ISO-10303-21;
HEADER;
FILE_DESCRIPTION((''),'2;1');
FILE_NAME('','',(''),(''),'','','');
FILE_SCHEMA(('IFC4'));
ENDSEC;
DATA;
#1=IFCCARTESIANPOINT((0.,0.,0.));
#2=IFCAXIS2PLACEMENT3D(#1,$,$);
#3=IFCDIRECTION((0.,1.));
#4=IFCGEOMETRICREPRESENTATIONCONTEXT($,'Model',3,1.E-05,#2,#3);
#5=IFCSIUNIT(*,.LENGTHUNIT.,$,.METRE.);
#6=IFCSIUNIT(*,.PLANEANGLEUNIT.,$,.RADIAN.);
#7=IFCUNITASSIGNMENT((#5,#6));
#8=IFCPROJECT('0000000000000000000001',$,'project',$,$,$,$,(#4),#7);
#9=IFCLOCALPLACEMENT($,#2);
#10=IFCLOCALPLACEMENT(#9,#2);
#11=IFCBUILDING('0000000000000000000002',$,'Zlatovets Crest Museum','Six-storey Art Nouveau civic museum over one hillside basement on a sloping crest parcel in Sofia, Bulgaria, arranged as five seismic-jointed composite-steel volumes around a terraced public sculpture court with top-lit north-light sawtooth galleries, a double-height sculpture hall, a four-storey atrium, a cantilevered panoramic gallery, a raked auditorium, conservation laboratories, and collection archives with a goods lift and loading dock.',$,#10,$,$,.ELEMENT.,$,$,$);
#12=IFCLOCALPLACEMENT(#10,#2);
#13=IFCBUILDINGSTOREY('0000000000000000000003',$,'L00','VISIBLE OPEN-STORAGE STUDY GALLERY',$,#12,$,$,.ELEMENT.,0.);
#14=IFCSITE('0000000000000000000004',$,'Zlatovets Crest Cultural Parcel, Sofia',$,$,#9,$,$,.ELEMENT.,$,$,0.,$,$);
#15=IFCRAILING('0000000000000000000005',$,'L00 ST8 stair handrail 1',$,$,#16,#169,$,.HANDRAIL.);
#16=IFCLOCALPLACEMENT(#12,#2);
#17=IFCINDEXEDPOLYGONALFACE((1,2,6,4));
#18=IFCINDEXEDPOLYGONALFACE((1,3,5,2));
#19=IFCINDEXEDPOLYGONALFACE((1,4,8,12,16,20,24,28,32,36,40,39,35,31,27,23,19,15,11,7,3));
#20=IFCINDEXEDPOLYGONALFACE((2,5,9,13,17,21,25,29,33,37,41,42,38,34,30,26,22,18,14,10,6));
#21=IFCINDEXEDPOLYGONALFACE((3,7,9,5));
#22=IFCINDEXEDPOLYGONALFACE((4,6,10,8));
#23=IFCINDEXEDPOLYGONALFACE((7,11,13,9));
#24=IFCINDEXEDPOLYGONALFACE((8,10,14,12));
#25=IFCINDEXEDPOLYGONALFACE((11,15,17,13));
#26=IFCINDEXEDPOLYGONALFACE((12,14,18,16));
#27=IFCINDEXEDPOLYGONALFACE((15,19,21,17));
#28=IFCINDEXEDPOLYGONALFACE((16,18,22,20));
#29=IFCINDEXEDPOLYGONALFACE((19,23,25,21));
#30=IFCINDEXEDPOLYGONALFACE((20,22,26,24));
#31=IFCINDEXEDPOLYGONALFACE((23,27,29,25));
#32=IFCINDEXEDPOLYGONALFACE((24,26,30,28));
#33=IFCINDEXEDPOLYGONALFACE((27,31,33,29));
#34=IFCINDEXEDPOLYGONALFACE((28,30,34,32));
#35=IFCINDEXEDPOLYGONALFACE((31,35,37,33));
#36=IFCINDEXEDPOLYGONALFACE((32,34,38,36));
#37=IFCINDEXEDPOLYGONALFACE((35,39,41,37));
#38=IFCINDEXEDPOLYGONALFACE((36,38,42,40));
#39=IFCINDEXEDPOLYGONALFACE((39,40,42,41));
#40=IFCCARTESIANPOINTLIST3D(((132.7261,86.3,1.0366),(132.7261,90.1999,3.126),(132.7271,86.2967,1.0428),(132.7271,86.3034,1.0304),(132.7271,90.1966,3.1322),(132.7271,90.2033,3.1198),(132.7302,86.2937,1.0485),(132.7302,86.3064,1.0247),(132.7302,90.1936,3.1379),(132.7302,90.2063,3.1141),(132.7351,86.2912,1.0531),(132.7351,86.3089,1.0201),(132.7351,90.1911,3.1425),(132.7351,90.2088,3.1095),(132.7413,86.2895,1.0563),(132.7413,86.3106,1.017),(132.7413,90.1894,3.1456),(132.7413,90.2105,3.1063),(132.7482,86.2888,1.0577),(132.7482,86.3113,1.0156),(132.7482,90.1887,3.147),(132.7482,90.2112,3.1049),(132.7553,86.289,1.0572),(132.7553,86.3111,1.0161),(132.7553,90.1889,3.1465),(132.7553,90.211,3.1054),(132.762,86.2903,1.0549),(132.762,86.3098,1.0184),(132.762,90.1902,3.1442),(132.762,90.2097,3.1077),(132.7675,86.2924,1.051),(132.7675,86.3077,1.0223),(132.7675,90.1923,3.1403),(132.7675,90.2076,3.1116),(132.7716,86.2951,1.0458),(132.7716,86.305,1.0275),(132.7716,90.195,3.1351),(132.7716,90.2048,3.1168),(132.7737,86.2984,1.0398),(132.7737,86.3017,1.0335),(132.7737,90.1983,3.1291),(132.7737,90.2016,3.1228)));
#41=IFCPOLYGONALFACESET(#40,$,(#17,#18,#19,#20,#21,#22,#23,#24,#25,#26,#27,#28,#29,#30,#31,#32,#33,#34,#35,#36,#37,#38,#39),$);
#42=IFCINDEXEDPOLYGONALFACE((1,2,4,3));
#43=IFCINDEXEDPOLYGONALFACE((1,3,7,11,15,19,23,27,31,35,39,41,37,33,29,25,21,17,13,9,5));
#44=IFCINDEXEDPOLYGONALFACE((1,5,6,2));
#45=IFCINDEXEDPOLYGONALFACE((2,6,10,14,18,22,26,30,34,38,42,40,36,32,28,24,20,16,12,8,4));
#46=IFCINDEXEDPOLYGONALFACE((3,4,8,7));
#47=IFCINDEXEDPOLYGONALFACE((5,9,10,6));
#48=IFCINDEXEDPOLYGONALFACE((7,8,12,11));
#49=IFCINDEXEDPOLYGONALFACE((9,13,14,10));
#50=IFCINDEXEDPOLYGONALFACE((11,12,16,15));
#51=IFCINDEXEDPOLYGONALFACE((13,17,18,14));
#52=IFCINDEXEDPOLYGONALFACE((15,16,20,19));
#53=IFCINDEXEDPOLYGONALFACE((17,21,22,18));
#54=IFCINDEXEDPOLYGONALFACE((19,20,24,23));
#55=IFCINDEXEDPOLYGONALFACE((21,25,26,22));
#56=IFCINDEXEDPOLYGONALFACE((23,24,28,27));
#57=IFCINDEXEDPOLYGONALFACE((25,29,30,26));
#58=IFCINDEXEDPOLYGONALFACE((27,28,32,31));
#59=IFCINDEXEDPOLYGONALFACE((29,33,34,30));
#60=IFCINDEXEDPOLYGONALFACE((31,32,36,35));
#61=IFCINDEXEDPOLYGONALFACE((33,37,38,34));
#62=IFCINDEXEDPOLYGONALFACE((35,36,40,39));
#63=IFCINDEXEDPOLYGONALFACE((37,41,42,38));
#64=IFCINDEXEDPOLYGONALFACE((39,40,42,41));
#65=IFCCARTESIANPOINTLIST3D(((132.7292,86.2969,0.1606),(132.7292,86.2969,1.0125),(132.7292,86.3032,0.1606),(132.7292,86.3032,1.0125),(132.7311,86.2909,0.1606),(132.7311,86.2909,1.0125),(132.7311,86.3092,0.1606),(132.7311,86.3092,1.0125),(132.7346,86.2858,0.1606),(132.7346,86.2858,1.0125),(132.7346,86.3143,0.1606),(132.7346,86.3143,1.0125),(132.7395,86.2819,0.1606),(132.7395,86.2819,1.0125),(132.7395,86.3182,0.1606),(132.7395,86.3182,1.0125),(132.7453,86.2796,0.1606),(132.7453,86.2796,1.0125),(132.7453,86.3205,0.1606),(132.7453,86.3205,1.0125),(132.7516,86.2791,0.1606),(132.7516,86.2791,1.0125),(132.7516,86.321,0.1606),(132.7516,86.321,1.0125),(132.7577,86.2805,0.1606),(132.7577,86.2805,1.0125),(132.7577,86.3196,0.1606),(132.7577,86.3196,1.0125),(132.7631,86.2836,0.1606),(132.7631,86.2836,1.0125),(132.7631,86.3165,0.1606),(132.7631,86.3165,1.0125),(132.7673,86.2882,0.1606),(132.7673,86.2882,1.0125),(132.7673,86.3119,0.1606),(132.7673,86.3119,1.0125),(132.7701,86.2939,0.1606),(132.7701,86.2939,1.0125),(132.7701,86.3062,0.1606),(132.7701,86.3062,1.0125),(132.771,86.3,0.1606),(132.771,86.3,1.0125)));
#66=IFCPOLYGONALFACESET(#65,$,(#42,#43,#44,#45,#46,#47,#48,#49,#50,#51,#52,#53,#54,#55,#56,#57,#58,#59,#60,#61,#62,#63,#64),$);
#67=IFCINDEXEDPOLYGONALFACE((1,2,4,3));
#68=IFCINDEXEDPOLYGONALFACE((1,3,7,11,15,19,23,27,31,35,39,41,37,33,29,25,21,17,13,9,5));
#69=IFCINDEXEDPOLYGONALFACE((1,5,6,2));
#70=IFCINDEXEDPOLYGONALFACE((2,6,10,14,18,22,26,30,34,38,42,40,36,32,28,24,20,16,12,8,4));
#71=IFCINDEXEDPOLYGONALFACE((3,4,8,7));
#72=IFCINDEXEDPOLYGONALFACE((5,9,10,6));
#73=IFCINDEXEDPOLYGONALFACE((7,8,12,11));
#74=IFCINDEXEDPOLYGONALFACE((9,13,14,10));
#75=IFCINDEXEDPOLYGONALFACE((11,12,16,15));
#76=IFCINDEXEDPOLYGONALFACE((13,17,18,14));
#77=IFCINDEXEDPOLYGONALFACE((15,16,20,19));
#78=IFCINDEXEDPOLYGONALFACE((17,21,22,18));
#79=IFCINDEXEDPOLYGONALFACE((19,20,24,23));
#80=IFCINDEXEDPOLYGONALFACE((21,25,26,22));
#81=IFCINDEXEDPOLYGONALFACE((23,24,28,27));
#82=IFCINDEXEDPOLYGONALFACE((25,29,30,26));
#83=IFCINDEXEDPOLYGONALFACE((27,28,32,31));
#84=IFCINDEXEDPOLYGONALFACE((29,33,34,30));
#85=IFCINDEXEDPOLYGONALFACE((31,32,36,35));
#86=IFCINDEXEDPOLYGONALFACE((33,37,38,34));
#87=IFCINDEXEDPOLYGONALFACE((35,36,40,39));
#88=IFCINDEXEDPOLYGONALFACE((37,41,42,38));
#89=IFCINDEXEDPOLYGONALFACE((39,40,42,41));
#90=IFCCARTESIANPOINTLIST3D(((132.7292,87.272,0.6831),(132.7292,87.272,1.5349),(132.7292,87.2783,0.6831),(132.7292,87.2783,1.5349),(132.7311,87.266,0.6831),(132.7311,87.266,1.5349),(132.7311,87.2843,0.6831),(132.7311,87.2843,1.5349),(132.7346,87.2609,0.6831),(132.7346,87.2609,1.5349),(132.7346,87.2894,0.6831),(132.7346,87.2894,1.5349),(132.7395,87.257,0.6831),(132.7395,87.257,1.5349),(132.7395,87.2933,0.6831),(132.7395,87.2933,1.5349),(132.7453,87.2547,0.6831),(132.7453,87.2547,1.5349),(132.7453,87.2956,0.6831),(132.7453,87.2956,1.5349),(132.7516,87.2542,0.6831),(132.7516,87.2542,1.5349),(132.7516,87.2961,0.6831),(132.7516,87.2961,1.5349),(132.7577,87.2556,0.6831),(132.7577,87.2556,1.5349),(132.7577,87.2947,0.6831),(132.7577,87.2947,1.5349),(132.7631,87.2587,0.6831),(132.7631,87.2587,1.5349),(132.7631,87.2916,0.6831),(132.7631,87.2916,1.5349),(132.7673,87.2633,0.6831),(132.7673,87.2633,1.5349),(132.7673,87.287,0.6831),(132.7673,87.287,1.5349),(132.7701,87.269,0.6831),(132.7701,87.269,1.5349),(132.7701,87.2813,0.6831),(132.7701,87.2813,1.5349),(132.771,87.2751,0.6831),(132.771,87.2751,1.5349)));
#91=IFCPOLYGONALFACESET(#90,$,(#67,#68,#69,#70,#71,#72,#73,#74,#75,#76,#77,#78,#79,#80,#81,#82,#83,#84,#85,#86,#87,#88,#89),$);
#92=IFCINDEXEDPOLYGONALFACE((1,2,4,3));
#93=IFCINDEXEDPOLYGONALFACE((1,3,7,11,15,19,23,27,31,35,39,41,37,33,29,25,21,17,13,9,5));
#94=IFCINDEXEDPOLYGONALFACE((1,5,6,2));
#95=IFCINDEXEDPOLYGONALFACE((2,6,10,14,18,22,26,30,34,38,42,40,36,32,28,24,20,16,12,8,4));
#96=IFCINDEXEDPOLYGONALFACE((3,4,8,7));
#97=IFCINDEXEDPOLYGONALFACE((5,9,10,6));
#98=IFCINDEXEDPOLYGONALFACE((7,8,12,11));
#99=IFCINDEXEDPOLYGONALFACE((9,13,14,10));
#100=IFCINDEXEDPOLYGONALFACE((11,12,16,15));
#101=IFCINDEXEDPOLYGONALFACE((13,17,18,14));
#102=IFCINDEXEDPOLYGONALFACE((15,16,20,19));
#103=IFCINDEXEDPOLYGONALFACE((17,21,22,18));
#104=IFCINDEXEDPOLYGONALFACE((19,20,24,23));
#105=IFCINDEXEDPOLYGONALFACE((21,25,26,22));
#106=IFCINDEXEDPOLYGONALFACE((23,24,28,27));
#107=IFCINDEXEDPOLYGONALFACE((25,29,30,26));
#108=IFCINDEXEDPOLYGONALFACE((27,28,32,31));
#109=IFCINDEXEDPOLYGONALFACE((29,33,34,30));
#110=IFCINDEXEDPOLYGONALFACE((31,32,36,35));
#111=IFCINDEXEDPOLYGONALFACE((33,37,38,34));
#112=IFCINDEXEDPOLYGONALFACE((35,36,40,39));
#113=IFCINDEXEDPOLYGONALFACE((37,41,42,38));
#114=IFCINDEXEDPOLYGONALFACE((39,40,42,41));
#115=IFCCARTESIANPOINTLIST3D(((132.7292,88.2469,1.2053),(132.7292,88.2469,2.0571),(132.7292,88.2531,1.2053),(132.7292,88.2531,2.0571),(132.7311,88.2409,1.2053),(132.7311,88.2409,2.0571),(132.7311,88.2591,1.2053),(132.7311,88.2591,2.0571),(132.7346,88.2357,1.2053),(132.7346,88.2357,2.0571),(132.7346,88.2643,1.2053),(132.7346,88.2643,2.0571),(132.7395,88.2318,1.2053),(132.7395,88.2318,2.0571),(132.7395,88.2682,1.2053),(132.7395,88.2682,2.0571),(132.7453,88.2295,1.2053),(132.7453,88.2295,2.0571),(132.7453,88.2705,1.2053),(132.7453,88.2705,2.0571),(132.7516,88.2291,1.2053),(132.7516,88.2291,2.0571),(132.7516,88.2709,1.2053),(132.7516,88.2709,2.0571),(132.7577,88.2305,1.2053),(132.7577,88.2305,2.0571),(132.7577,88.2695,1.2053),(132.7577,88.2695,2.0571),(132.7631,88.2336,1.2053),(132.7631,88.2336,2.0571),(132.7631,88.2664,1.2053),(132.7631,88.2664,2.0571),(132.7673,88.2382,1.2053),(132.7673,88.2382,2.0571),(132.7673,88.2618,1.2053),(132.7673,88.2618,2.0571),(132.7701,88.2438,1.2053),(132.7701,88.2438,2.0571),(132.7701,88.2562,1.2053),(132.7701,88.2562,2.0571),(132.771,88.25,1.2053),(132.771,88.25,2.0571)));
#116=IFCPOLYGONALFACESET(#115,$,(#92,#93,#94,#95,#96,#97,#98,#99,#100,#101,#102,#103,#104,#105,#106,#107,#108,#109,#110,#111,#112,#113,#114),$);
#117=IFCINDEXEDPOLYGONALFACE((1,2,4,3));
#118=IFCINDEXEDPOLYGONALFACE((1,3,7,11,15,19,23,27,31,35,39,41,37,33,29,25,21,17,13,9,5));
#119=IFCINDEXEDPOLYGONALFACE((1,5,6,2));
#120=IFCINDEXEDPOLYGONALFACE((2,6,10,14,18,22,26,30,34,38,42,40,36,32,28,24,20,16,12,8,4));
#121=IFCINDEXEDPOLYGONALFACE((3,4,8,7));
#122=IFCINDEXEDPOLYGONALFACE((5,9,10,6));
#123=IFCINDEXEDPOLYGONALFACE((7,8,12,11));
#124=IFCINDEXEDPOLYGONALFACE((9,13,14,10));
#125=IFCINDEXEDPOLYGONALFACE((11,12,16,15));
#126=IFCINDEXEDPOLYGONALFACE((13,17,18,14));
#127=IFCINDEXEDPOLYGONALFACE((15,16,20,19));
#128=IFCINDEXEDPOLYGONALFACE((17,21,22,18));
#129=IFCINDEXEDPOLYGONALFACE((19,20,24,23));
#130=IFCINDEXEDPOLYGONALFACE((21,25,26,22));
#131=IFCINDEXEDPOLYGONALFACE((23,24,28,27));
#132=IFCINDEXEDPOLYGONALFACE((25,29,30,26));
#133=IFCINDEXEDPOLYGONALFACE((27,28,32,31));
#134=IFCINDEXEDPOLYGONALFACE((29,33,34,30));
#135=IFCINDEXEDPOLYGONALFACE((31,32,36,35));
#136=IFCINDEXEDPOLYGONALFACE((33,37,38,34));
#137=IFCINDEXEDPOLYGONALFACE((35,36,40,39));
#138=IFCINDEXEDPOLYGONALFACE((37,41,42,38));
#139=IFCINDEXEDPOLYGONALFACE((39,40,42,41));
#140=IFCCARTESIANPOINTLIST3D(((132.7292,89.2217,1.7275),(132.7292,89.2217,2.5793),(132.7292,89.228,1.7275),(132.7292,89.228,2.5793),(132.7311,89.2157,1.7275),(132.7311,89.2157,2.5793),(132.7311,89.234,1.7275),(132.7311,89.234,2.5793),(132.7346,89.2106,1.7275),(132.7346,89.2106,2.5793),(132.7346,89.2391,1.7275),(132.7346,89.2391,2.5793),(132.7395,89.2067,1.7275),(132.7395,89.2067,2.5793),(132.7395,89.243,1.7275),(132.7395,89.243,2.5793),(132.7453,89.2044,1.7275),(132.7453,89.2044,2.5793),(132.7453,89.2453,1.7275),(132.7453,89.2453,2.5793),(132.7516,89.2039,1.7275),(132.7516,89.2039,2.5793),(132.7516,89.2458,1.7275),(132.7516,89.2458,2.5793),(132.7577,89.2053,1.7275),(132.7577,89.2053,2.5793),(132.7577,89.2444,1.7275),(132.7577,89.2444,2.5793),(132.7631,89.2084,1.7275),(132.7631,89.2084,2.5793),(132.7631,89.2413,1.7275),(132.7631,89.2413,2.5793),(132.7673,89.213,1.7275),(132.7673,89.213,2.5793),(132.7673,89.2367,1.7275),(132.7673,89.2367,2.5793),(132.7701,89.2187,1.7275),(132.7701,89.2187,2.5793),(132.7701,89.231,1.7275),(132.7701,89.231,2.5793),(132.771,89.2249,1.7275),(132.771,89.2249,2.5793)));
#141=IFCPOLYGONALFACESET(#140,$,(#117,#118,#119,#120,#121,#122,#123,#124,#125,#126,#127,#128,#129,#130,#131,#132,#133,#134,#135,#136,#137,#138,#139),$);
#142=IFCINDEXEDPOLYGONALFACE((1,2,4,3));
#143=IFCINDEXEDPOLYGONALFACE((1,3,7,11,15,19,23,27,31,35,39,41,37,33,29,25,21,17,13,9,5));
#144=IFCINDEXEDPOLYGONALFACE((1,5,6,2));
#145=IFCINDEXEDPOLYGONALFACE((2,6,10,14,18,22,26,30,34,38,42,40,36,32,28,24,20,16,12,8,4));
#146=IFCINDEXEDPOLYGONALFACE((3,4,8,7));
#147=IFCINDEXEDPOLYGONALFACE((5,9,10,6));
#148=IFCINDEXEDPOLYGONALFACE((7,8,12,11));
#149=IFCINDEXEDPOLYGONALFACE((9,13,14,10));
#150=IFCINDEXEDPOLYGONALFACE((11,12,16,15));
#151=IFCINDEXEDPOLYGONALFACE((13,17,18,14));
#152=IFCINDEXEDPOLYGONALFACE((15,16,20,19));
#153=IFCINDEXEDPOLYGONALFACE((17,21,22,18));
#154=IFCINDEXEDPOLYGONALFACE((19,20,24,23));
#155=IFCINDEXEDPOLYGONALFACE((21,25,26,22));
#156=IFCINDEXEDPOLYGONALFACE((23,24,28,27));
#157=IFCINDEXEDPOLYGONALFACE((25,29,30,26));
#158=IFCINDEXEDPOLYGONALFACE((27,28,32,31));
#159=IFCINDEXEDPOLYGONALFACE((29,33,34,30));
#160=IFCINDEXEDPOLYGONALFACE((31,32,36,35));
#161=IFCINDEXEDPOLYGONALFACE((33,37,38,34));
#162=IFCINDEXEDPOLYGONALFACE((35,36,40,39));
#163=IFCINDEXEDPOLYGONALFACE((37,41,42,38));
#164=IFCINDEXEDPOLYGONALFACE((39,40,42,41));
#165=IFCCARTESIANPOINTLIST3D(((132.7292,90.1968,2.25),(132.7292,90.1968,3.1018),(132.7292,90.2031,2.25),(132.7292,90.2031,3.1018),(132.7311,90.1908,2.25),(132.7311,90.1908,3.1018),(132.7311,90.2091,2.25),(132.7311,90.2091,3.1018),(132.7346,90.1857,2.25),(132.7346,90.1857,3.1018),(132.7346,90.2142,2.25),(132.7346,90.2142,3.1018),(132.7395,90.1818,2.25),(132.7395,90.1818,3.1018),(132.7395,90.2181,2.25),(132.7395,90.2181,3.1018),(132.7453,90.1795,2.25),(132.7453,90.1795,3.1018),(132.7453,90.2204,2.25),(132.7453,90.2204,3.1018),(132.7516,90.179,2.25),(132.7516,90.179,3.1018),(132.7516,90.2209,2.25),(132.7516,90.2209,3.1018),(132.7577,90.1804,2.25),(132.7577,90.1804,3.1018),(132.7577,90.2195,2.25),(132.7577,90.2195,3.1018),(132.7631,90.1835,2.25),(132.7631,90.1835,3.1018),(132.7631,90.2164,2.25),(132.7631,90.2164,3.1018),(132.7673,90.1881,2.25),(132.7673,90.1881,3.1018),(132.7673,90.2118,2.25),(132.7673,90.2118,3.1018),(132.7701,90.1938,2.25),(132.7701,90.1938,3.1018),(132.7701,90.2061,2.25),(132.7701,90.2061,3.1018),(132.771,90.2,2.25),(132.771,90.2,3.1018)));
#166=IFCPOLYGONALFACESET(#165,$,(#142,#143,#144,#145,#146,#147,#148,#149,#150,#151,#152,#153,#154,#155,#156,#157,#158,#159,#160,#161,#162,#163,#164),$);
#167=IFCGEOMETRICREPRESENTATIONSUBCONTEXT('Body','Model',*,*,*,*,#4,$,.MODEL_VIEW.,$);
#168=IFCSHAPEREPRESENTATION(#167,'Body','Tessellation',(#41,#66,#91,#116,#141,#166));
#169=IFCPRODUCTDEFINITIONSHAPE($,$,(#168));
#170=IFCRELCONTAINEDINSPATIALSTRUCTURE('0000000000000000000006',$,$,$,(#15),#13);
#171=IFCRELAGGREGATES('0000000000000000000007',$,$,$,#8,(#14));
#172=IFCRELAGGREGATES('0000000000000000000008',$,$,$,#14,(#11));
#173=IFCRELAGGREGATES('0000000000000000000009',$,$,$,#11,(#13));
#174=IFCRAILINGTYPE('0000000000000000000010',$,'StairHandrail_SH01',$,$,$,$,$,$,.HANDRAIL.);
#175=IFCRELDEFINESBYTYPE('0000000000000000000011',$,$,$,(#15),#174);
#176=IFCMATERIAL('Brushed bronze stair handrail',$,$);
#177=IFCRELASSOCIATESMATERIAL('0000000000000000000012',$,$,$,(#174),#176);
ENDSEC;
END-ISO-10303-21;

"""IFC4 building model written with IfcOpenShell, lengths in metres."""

from ifc_helpers import new_model, si_unit, direction, frame, origin, origin_2d, place, context, subcontext, project, spatial, circle, extrude, material, type_object, element, save


model = new_model("IFC4")

# Units and contexts
model_context = context("Model", 3, precision=1e-05, world=origin(), true_north=direction((0.0, 1.0)))
body_context = subcontext(model_context, "Body", "Model", "MODEL_VIEW")
ifc_project = project(units=[si_unit("LENGTHUNIT", "METRE"), si_unit("PLANEANGLEUNIT", "RADIAN")], contexts=[model_context])

# Site, building, storey
site_placement = place(None, origin())
site = spatial("IfcSite", under=ifc_project, at=site_placement, Name="Zlatovets Crest Cultural Parcel, Sofia", CompositionType="ELEMENT", RefElevation=0.0)
building_placement = place(site_placement, origin())
building = spatial("IfcBuilding", under=site, at=building_placement, Name="Zlatovets Crest Museum", Description="Six-storey Art Nouveau civic museum over one hillside basement on a sloping crest parcel in Sofia, Bulgaria, arranged as five seismic-jointed composite-steel volumes around a terraced public sculpture court with top-lit north-light sawtooth galleries, a double-height sculpture hall, a four-storey atrium, a cantilevered panoramic gallery, a raked auditorium, conservation laboratories, and collection archives with a goods lift and loading dock.", CompositionType="ELEMENT")
storey_placement = place(building_placement, origin())
storey = spatial("IfcBuildingStorey", under=building, at=storey_placement, Name="L00", Description="VISIBLE OPEN-STORAGE STUDY GALLERY", CompositionType="ELEMENT", Elevation=0.0)

# Railing
ifc_material_1 = material(Name="Brushed bronze stair handrail")
railing_type_1 = type_object("IfcRailingType", Name="StairHandrail_SH01", PredefinedType="HANDRAIL", material=ifc_material_1)
railing_1_placement = place(storey_placement, frame((132.75, 86.3, 0.1606)))
element("IfcRailing", 1, at=railing_1_placement, inside=storey, type_object=railing_type_1, Name="L00 ST8 stair handrail 1", PredefinedType="HANDRAIL", context=body_context, shape_type="SweptSolid", body=[
    extrude(circle(Radius=0.0239, at=origin_2d()), frame((0.0, 0.0, 0.876), z_axis=(0.0, 0.881468, 0.472243), x_axis=(-1.0, 0.0, 0.0)), (0.0, 0.0, 1.0), 4.4243),
    extrude(circle(Radius=0.021, at=origin_2d()), origin(), (0.0, 0.0, 1.0), 0.8518),
    extrude(circle(Radius=0.021, at=origin_2d()), frame((0.0, 0.9751, 0.5225)), (0.0, 0.0, 1.0), 0.8518),
    extrude(circle(Radius=0.021, at=origin_2d()), frame((0.0, 1.95, 1.0447)), (0.0, 0.0, 1.0), 0.8518),
    extrude(circle(Radius=0.021, at=origin_2d()), frame((0.0, 2.9248, 1.5669)), (0.0, 0.0, 1.0), 0.8518),
    extrude(circle(Radius=0.021, at=origin_2d()), frame((0.0, 3.8999, 2.0894)), (0.0, 0.0, 1.0), 0.8518),
])

save(model, "model.ifc")
